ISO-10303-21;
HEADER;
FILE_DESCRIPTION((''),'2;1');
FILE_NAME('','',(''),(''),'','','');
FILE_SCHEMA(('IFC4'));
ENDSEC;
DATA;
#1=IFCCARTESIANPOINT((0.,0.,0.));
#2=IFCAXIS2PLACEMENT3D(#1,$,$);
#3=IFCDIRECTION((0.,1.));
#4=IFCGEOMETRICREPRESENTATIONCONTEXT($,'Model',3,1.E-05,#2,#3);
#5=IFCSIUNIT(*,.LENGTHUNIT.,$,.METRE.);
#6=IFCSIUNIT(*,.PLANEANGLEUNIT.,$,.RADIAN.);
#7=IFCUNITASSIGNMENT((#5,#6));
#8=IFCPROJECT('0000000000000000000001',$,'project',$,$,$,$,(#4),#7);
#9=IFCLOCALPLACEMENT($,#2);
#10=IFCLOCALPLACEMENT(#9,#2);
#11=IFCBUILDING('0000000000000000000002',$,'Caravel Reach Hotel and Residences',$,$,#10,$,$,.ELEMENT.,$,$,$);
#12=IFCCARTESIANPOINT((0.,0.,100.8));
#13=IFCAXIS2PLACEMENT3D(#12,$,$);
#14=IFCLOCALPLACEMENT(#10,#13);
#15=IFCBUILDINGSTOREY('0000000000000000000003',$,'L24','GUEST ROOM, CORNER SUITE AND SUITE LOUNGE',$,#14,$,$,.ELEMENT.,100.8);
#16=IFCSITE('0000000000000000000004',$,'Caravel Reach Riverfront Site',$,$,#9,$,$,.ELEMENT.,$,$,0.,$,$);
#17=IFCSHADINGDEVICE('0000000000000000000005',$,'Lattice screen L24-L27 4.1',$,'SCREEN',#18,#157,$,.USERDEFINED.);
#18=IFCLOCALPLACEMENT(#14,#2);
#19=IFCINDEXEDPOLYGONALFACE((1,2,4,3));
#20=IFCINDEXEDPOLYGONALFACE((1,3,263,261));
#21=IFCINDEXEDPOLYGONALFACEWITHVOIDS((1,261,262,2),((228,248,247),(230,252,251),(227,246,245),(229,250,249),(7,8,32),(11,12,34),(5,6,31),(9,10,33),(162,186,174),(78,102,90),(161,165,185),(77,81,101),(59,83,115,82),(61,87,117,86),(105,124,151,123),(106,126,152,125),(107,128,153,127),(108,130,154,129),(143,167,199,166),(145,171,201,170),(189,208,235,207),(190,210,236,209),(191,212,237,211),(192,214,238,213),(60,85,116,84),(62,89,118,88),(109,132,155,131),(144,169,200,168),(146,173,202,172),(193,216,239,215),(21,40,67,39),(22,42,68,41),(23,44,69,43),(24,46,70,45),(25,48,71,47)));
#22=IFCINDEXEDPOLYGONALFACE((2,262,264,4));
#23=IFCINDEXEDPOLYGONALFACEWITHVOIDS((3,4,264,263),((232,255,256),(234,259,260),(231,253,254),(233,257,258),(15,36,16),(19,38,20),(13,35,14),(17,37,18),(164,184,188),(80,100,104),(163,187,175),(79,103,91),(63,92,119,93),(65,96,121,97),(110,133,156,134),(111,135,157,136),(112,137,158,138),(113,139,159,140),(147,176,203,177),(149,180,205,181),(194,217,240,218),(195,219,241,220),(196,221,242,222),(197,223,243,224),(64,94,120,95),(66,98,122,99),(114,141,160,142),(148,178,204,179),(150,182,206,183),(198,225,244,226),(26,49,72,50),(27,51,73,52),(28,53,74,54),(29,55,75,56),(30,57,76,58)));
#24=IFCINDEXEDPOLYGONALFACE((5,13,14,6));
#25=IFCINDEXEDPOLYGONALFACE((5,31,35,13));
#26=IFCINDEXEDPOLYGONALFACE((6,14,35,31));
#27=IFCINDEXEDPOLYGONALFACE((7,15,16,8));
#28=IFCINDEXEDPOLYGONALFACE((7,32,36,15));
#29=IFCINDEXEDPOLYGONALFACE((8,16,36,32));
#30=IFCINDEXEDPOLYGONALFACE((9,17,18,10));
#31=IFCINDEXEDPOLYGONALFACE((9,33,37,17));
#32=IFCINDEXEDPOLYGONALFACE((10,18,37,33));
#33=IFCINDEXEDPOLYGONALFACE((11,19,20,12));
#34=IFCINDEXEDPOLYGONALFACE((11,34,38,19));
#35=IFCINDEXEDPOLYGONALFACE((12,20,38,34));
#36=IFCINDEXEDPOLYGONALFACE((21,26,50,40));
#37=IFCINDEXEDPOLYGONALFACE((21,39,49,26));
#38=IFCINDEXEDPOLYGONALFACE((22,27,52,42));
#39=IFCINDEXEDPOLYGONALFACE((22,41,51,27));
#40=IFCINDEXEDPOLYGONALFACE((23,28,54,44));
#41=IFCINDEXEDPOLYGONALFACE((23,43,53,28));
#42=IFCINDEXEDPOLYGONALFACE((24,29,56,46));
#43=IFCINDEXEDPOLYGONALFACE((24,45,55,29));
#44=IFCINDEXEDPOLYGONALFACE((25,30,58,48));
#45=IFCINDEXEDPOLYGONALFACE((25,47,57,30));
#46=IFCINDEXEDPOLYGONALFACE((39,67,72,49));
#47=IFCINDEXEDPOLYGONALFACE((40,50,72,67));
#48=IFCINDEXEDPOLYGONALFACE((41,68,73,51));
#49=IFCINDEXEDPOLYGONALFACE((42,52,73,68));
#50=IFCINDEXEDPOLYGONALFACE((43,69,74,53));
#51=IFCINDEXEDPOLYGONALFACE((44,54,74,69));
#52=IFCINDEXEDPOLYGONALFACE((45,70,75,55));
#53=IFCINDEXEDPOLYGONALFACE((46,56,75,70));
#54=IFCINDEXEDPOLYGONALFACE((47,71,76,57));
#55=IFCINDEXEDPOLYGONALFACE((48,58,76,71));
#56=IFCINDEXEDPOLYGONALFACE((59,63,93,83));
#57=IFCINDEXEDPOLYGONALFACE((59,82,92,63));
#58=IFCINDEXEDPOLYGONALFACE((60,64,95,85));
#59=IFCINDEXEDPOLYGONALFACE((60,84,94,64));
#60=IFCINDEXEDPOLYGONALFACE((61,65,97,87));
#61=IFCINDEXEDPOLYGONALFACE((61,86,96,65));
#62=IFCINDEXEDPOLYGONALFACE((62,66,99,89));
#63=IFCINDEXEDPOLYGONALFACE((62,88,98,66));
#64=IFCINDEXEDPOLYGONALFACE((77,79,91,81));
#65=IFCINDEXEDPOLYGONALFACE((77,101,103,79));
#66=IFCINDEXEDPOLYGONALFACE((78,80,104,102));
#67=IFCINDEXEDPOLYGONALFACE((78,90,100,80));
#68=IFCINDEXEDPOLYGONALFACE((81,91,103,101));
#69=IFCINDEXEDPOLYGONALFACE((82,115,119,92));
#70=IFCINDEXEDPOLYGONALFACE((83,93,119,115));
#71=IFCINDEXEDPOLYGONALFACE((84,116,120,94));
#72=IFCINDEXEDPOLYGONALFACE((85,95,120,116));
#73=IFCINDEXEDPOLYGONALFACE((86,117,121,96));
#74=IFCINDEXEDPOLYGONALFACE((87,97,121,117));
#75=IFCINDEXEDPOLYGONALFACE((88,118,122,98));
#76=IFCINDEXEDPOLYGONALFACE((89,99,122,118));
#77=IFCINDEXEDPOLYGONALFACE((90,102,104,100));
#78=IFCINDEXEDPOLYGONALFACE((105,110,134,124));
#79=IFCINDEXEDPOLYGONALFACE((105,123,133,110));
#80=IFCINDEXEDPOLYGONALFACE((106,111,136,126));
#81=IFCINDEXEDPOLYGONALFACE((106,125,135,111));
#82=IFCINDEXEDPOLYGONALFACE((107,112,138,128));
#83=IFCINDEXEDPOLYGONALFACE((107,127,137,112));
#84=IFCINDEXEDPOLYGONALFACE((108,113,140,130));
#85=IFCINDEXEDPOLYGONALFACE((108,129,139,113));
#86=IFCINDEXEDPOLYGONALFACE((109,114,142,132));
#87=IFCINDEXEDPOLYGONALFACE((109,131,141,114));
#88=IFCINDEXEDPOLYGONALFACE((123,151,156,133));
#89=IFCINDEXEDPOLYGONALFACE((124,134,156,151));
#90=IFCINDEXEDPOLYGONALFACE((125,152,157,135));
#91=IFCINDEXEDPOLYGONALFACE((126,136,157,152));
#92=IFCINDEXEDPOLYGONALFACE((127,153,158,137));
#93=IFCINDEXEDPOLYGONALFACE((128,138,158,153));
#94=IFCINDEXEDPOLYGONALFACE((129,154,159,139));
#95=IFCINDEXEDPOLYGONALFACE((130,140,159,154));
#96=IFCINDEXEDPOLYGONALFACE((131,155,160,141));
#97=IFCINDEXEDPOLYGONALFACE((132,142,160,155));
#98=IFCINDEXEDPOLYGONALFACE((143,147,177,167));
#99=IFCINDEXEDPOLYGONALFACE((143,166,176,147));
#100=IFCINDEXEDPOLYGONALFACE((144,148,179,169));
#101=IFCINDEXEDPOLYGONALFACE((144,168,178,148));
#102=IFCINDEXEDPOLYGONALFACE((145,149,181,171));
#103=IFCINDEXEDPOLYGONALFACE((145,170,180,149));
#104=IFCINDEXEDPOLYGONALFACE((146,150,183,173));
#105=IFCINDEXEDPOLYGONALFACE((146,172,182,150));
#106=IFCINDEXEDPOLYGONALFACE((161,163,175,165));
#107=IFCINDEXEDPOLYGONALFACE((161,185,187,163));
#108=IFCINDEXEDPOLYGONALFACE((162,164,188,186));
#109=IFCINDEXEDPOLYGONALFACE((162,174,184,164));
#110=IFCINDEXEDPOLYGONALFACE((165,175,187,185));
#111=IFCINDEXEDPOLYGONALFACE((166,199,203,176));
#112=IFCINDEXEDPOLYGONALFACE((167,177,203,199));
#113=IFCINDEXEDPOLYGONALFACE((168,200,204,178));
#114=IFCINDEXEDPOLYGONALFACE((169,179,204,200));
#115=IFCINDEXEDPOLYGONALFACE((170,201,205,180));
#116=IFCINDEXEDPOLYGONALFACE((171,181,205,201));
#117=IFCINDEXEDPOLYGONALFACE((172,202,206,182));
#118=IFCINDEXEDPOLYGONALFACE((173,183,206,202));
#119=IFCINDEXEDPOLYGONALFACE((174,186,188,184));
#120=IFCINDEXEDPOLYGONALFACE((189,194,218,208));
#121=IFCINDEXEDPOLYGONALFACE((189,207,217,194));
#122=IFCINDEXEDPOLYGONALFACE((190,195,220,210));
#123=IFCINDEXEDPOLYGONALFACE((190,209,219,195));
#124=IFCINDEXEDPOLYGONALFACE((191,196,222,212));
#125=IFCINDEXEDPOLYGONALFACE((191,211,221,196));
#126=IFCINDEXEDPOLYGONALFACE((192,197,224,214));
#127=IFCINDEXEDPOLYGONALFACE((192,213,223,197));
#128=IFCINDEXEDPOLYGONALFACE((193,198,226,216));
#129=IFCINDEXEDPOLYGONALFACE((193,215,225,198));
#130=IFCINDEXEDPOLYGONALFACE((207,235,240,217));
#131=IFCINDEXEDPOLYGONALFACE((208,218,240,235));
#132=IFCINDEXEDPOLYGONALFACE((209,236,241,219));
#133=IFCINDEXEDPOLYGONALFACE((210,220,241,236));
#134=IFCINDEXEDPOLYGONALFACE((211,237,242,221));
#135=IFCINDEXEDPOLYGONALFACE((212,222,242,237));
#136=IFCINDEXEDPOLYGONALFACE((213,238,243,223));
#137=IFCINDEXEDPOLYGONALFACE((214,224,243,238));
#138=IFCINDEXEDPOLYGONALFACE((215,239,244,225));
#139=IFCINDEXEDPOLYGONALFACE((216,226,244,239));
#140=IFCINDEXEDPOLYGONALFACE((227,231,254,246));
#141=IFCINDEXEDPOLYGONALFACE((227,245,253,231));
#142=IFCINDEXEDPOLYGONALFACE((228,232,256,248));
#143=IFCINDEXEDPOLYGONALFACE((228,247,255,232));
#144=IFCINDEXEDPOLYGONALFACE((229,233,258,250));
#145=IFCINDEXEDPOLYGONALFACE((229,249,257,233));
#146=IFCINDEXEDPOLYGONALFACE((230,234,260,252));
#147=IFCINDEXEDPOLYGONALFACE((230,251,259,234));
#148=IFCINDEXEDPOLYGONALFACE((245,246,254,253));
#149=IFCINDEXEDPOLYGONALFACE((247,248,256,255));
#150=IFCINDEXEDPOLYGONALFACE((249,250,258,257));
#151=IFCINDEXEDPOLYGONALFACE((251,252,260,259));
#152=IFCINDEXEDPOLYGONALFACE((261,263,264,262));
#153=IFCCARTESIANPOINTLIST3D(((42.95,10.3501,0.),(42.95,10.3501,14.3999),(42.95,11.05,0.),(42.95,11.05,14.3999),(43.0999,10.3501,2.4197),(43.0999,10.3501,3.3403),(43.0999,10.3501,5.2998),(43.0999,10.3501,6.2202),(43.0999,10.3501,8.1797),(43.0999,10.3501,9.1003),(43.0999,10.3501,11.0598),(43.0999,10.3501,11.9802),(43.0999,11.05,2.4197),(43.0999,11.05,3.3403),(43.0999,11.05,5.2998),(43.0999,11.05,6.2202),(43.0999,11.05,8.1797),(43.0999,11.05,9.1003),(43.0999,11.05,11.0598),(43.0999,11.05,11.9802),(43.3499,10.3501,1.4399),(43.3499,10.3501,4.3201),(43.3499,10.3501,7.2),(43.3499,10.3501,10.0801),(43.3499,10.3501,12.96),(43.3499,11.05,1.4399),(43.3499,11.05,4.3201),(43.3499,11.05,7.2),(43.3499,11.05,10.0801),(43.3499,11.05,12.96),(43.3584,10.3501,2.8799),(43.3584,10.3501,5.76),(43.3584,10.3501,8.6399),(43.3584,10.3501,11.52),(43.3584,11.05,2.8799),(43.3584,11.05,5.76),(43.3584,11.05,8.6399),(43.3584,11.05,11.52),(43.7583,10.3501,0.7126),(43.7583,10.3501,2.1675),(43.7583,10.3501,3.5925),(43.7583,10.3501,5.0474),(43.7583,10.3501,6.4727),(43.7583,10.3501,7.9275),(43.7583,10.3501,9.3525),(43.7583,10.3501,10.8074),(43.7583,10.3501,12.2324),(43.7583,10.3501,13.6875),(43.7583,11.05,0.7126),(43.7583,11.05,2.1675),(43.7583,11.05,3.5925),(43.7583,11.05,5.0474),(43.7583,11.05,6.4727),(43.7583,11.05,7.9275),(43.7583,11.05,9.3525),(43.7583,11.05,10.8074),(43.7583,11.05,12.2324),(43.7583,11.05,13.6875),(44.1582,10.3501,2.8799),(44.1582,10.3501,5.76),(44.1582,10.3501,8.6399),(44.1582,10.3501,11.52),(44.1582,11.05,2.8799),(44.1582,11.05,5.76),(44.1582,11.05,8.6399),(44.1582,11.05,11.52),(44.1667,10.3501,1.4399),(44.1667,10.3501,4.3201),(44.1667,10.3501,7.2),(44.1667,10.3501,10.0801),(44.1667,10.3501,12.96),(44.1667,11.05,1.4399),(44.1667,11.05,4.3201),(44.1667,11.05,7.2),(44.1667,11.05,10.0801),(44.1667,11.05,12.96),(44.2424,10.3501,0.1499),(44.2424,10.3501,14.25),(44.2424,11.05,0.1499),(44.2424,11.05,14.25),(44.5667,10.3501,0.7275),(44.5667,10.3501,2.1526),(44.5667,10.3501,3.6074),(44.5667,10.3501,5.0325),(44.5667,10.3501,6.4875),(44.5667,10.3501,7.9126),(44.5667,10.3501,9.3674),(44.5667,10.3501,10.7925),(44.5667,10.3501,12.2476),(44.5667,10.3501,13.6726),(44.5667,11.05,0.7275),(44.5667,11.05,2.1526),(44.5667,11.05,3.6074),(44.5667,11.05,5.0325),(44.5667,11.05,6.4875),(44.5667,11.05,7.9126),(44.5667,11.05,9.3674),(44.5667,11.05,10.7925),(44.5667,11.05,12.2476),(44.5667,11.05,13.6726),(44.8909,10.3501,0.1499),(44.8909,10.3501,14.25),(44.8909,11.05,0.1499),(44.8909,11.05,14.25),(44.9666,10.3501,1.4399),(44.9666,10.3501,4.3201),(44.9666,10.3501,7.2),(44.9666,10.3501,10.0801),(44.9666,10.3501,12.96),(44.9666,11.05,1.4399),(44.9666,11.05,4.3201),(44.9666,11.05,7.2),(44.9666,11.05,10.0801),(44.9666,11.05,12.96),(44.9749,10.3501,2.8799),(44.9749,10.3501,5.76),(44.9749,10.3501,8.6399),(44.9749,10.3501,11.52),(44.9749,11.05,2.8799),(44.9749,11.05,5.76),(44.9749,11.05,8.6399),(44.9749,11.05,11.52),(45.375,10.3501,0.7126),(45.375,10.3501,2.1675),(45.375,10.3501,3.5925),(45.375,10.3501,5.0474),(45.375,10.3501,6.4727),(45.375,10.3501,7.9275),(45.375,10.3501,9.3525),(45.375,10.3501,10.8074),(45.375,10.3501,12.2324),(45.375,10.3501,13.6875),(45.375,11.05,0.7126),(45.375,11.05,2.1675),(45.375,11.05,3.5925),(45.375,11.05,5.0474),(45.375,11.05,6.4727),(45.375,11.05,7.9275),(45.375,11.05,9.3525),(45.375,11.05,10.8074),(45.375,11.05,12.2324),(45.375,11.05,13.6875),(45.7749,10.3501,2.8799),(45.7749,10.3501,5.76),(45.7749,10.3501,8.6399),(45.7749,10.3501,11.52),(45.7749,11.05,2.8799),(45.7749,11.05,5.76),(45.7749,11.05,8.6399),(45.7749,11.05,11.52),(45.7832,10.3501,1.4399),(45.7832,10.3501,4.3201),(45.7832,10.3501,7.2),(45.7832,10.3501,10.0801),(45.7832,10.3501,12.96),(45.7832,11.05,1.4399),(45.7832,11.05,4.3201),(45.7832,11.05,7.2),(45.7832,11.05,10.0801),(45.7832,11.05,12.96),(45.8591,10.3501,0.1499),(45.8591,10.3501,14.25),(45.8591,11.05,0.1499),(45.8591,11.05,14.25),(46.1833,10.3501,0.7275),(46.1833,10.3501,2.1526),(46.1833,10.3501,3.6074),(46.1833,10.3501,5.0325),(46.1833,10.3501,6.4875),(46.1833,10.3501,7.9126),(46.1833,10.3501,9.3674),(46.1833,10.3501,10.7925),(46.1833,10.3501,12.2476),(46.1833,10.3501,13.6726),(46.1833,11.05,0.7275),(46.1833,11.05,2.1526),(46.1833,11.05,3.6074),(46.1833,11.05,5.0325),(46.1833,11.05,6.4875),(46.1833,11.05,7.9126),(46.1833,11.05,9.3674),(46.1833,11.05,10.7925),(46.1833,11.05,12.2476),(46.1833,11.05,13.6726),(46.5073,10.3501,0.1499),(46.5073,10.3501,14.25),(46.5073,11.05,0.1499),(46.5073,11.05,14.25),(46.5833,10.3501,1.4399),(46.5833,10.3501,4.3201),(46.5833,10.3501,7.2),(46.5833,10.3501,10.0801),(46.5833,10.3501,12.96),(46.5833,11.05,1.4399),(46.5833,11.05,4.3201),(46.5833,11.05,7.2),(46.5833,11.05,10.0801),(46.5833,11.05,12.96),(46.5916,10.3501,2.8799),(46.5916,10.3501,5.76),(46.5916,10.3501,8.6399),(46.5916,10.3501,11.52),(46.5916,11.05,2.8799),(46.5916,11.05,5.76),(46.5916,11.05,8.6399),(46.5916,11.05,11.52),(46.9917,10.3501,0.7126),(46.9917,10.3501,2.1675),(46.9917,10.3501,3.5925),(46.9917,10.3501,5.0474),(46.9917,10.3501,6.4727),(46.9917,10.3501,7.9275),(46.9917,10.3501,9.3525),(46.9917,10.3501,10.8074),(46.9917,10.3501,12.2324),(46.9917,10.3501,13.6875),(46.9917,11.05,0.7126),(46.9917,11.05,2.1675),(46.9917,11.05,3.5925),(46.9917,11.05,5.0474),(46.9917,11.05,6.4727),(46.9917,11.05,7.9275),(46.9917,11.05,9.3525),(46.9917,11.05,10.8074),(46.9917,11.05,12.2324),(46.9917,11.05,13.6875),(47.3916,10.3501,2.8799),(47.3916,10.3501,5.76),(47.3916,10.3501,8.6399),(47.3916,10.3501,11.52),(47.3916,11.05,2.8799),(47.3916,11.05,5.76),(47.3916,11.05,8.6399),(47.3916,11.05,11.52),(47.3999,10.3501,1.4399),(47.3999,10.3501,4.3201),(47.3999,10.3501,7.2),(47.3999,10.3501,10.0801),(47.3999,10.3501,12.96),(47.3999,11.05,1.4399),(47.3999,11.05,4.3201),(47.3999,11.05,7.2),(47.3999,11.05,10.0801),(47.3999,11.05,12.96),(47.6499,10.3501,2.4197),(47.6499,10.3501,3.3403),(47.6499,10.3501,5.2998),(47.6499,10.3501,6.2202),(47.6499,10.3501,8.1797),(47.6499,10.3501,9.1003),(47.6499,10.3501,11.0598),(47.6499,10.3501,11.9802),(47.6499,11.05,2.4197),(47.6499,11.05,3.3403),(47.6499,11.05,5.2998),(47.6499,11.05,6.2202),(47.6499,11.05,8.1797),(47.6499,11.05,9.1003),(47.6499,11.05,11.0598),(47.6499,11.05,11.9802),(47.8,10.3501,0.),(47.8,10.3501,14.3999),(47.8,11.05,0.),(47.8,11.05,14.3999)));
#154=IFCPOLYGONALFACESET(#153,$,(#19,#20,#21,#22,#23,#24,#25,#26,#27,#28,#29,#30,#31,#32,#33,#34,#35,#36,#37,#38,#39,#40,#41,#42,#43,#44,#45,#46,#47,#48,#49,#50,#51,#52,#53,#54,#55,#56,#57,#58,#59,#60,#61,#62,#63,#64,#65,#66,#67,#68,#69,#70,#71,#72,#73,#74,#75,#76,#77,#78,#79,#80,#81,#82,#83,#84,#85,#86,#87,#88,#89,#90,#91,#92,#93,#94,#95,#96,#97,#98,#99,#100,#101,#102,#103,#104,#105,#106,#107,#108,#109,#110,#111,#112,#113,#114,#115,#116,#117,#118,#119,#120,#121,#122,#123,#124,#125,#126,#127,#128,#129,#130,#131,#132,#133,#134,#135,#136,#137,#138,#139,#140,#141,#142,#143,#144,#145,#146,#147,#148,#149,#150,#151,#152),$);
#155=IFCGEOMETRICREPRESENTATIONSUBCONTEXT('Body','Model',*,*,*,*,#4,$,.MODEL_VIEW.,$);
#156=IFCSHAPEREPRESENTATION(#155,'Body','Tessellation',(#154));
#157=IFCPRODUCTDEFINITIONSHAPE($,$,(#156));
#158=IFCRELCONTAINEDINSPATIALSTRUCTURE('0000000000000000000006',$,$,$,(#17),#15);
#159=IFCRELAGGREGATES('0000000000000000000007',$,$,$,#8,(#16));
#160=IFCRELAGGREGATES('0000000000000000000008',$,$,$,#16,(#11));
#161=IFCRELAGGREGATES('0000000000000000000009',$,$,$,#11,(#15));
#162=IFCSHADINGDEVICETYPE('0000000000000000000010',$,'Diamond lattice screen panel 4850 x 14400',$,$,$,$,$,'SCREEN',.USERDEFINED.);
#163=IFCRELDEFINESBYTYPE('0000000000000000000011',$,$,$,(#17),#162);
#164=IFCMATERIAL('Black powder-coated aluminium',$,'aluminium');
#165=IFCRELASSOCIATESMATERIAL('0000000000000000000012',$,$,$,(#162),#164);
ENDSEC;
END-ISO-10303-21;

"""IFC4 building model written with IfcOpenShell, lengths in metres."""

from ifc_helpers import new_model, si_unit, direction, frame, origin, place, context, subcontext, project, spatial, polyline, outline, extrude, material, type_object, element, save


model = new_model("IFC4")

# Units and contexts
model_context = context("Model", 3, precision=1e-05, world=origin(), true_north=direction((0.0, 1.0)))
body_context = subcontext(model_context, "Body", "Model", "MODEL_VIEW")
ifc_project = project(units=[si_unit("LENGTHUNIT", "METRE"), si_unit("PLANEANGLEUNIT", "RADIAN")], contexts=[model_context])

# Site, building, storey
site_placement = place(None, origin())
site = spatial("IfcSite", under=ifc_project, at=site_placement, Name="Caravel Reach Riverfront Site", CompositionType="ELEMENT", RefElevation=0.0)
building_placement = place(site_placement, origin())
building = spatial("IfcBuilding", under=site, at=building_placement, Name="Caravel Reach Hotel and Residences", CompositionType="ELEMENT")
storey_placement = place(building_placement, frame((0.0, 0.0, 100.8)))
storey = spatial("IfcBuildingStorey", under=building, at=storey_placement, Name="L24", Description="GUEST ROOM, CORNER SUITE AND SUITE LOUNGE", CompositionType="ELEMENT", Elevation=100.8)

# Shading device
ifc_material_1 = material(Name="Black powder-coated aluminium", Category="aluminium")
shading_device_type_1 = type_object("IfcShadingDeviceType", Name="Diamond lattice screen panel 4850 x 14400", ElementType="SCREEN", PredefinedType="USERDEFINED", material=ifc_material_1)
shading_device_1_placement = place(storey_placement, frame((42.95, 11.05, 0.0), z_axis=(0.0, -1.0, 0.0), x_axis=(1.0, 0.0, 0.0)))
element("IfcShadingDevice", 1, at=shading_device_1_placement, inside=storey, type_object=shading_device_type_1, Name="Lattice screen L24-L27 4.1", ObjectType="SCREEN", PredefinedType="USERDEFINED", context=body_context, shape_type="SweptSolid", body=[
    extrude(outline(polyline([(0.0, 0.0), (4.8501, 0.0), (4.8501, 14.3999), (0.0, 14.3999), (0.0, 0.0)]), holes=[polyline([(0.4084, 2.8799), (0.1499, 3.3403), (0.1499, 2.4197), (0.4084, 2.8799)]), polyline([(0.4084, 5.76), (0.1499, 6.2202), (0.1499, 5.2998), (0.4084, 5.76)]), polyline([(0.4084, 8.6399), (0.1499, 9.1003), (0.1499, 8.1797), (0.4084, 8.6399)]), polyline([(0.4084, 11.52), (0.1499, 11.9802), (0.1499, 11.0598), (0.4084, 11.52)]), polyline([(0.8083, 2.1675), (0.3999, 1.4399), (0.8083, 0.7126), (1.2168, 1.4399), (0.8083, 2.1675)]), polyline([(0.8083, 5.0474), (0.3999, 4.3201), (0.8083, 3.5925), (1.2168, 4.3201), (0.8083, 5.0474)]), polyline([(0.8083, 7.9275), (0.3999, 7.2), (0.8083, 6.4727), (1.2168, 7.2), (0.8083, 7.9275)]), polyline([(0.8083, 10.8074), (0.3999, 10.0801), (0.8083, 9.3525), (1.2168, 10.0801), (0.8083, 10.8074)]), polyline([(0.8083, 13.6875), (0.3999, 12.96), (0.8083, 12.2324), (1.2168, 12.96), (0.8083, 13.6875)]), polyline([(1.6167, 0.7275), (1.2925, 0.1499), (1.9409, 0.1499), (1.6167, 0.7275)]), polyline([(1.6167, 3.6074), (1.2083, 2.8799), (1.6167, 2.1526), (2.0249, 2.8799), (1.6167, 3.6074)]), polyline([(1.6167, 6.4875), (1.2083, 5.76), (1.6167, 5.0325), (2.0249, 5.76), (1.6167, 6.4875)]), polyline([(1.6167, 9.3674), (1.2083, 8.6399), (1.6167, 7.9126), (2.0249, 8.6399), (1.6167, 9.3674)]), polyline([(1.6167, 12.2476), (1.2083, 11.52), (1.6167, 10.7925), (2.0249, 11.52), (1.6167, 12.2476)]), polyline([(1.6167, 13.6726), (1.9409, 14.25), (1.2925, 14.25), (1.6167, 13.6726)]), polyline([(2.425, 2.1675), (2.0166, 1.4399), (2.425, 0.7126), (2.8333, 1.4399), (2.425, 2.1675)]), polyline([(2.425, 5.0474), (2.0166, 4.3201), (2.425, 3.5925), (2.8333, 4.3201), (2.425, 5.0474)]), polyline([(2.425, 7.9275), (2.0166, 7.2), (2.425, 6.4727), (2.8333, 7.2), (2.425, 7.9275)]), polyline([(2.425, 10.8074), (2.0166, 10.0801), (2.425, 9.3525), (2.8333, 10.0801), (2.425, 10.8074)]), polyline([(2.425, 13.6875), (2.0166, 12.96), (2.425, 12.2324), (2.8333, 12.96), (2.425, 13.6875)]), polyline([(3.2334, 0.7275), (2.9092, 0.1499), (3.5574, 0.1499), (3.2334, 0.7275)]), polyline([(3.2334, 3.6074), (2.825, 2.8799), (3.2334, 2.1526), (3.6416, 2.8799), (3.2334, 3.6074)]), polyline([(3.2334, 6.4875), (2.825, 5.76), (3.2334, 5.0325), (3.6416, 5.76), (3.2334, 6.4875)]), polyline([(3.2334, 9.3674), (2.825, 8.6399), (3.2334, 7.9126), (3.6416, 8.6399), (3.2334, 9.3674)]), polyline([(3.2334, 12.2476), (2.825, 11.52), (3.2334, 10.7925), (3.6416, 11.52), (3.2334, 12.2476)]), polyline([(3.2334, 13.6726), (3.5574, 14.25), (2.9092, 14.25), (3.2334, 13.6726)]), polyline([(4.0417, 2.1675), (3.6333, 1.4399), (4.0417, 0.7126), (4.45, 1.4399), (4.0417, 2.1675)]), polyline([(4.0417, 5.0474), (3.6333, 4.3201), (4.0417, 3.5925), (4.45, 4.3201), (4.0417, 5.0474)]), polyline([(4.0417, 7.9275), (3.6333, 7.2), (4.0417, 6.4727), (4.45, 7.2), (4.0417, 7.9275)]), polyline([(4.0417, 10.8074), (3.6333, 10.0801), (4.0417, 9.3525), (4.45, 10.0801), (4.0417, 10.8074)]), polyline([(4.0417, 13.6875), (3.6333, 12.96), (4.0417, 12.2324), (4.45, 12.96), (4.0417, 13.6875)]), polyline([(4.4417, 2.8799), (4.7, 2.4197), (4.7, 3.3403), (4.4417, 2.8799)]), polyline([(4.4417, 5.76), (4.7, 5.2998), (4.7, 6.2202), (4.4417, 5.76)]), polyline([(4.4417, 8.6399), (4.7, 8.1797), (4.7, 9.1003), (4.4417, 8.6399)]), polyline([(4.4417, 11.52), (4.7, 11.0598), (4.7, 11.9802), (4.4417, 11.52)])]), origin(), (0.0, 0.0, 1.0), 0.7),
])

save(model, "model.ifc")
